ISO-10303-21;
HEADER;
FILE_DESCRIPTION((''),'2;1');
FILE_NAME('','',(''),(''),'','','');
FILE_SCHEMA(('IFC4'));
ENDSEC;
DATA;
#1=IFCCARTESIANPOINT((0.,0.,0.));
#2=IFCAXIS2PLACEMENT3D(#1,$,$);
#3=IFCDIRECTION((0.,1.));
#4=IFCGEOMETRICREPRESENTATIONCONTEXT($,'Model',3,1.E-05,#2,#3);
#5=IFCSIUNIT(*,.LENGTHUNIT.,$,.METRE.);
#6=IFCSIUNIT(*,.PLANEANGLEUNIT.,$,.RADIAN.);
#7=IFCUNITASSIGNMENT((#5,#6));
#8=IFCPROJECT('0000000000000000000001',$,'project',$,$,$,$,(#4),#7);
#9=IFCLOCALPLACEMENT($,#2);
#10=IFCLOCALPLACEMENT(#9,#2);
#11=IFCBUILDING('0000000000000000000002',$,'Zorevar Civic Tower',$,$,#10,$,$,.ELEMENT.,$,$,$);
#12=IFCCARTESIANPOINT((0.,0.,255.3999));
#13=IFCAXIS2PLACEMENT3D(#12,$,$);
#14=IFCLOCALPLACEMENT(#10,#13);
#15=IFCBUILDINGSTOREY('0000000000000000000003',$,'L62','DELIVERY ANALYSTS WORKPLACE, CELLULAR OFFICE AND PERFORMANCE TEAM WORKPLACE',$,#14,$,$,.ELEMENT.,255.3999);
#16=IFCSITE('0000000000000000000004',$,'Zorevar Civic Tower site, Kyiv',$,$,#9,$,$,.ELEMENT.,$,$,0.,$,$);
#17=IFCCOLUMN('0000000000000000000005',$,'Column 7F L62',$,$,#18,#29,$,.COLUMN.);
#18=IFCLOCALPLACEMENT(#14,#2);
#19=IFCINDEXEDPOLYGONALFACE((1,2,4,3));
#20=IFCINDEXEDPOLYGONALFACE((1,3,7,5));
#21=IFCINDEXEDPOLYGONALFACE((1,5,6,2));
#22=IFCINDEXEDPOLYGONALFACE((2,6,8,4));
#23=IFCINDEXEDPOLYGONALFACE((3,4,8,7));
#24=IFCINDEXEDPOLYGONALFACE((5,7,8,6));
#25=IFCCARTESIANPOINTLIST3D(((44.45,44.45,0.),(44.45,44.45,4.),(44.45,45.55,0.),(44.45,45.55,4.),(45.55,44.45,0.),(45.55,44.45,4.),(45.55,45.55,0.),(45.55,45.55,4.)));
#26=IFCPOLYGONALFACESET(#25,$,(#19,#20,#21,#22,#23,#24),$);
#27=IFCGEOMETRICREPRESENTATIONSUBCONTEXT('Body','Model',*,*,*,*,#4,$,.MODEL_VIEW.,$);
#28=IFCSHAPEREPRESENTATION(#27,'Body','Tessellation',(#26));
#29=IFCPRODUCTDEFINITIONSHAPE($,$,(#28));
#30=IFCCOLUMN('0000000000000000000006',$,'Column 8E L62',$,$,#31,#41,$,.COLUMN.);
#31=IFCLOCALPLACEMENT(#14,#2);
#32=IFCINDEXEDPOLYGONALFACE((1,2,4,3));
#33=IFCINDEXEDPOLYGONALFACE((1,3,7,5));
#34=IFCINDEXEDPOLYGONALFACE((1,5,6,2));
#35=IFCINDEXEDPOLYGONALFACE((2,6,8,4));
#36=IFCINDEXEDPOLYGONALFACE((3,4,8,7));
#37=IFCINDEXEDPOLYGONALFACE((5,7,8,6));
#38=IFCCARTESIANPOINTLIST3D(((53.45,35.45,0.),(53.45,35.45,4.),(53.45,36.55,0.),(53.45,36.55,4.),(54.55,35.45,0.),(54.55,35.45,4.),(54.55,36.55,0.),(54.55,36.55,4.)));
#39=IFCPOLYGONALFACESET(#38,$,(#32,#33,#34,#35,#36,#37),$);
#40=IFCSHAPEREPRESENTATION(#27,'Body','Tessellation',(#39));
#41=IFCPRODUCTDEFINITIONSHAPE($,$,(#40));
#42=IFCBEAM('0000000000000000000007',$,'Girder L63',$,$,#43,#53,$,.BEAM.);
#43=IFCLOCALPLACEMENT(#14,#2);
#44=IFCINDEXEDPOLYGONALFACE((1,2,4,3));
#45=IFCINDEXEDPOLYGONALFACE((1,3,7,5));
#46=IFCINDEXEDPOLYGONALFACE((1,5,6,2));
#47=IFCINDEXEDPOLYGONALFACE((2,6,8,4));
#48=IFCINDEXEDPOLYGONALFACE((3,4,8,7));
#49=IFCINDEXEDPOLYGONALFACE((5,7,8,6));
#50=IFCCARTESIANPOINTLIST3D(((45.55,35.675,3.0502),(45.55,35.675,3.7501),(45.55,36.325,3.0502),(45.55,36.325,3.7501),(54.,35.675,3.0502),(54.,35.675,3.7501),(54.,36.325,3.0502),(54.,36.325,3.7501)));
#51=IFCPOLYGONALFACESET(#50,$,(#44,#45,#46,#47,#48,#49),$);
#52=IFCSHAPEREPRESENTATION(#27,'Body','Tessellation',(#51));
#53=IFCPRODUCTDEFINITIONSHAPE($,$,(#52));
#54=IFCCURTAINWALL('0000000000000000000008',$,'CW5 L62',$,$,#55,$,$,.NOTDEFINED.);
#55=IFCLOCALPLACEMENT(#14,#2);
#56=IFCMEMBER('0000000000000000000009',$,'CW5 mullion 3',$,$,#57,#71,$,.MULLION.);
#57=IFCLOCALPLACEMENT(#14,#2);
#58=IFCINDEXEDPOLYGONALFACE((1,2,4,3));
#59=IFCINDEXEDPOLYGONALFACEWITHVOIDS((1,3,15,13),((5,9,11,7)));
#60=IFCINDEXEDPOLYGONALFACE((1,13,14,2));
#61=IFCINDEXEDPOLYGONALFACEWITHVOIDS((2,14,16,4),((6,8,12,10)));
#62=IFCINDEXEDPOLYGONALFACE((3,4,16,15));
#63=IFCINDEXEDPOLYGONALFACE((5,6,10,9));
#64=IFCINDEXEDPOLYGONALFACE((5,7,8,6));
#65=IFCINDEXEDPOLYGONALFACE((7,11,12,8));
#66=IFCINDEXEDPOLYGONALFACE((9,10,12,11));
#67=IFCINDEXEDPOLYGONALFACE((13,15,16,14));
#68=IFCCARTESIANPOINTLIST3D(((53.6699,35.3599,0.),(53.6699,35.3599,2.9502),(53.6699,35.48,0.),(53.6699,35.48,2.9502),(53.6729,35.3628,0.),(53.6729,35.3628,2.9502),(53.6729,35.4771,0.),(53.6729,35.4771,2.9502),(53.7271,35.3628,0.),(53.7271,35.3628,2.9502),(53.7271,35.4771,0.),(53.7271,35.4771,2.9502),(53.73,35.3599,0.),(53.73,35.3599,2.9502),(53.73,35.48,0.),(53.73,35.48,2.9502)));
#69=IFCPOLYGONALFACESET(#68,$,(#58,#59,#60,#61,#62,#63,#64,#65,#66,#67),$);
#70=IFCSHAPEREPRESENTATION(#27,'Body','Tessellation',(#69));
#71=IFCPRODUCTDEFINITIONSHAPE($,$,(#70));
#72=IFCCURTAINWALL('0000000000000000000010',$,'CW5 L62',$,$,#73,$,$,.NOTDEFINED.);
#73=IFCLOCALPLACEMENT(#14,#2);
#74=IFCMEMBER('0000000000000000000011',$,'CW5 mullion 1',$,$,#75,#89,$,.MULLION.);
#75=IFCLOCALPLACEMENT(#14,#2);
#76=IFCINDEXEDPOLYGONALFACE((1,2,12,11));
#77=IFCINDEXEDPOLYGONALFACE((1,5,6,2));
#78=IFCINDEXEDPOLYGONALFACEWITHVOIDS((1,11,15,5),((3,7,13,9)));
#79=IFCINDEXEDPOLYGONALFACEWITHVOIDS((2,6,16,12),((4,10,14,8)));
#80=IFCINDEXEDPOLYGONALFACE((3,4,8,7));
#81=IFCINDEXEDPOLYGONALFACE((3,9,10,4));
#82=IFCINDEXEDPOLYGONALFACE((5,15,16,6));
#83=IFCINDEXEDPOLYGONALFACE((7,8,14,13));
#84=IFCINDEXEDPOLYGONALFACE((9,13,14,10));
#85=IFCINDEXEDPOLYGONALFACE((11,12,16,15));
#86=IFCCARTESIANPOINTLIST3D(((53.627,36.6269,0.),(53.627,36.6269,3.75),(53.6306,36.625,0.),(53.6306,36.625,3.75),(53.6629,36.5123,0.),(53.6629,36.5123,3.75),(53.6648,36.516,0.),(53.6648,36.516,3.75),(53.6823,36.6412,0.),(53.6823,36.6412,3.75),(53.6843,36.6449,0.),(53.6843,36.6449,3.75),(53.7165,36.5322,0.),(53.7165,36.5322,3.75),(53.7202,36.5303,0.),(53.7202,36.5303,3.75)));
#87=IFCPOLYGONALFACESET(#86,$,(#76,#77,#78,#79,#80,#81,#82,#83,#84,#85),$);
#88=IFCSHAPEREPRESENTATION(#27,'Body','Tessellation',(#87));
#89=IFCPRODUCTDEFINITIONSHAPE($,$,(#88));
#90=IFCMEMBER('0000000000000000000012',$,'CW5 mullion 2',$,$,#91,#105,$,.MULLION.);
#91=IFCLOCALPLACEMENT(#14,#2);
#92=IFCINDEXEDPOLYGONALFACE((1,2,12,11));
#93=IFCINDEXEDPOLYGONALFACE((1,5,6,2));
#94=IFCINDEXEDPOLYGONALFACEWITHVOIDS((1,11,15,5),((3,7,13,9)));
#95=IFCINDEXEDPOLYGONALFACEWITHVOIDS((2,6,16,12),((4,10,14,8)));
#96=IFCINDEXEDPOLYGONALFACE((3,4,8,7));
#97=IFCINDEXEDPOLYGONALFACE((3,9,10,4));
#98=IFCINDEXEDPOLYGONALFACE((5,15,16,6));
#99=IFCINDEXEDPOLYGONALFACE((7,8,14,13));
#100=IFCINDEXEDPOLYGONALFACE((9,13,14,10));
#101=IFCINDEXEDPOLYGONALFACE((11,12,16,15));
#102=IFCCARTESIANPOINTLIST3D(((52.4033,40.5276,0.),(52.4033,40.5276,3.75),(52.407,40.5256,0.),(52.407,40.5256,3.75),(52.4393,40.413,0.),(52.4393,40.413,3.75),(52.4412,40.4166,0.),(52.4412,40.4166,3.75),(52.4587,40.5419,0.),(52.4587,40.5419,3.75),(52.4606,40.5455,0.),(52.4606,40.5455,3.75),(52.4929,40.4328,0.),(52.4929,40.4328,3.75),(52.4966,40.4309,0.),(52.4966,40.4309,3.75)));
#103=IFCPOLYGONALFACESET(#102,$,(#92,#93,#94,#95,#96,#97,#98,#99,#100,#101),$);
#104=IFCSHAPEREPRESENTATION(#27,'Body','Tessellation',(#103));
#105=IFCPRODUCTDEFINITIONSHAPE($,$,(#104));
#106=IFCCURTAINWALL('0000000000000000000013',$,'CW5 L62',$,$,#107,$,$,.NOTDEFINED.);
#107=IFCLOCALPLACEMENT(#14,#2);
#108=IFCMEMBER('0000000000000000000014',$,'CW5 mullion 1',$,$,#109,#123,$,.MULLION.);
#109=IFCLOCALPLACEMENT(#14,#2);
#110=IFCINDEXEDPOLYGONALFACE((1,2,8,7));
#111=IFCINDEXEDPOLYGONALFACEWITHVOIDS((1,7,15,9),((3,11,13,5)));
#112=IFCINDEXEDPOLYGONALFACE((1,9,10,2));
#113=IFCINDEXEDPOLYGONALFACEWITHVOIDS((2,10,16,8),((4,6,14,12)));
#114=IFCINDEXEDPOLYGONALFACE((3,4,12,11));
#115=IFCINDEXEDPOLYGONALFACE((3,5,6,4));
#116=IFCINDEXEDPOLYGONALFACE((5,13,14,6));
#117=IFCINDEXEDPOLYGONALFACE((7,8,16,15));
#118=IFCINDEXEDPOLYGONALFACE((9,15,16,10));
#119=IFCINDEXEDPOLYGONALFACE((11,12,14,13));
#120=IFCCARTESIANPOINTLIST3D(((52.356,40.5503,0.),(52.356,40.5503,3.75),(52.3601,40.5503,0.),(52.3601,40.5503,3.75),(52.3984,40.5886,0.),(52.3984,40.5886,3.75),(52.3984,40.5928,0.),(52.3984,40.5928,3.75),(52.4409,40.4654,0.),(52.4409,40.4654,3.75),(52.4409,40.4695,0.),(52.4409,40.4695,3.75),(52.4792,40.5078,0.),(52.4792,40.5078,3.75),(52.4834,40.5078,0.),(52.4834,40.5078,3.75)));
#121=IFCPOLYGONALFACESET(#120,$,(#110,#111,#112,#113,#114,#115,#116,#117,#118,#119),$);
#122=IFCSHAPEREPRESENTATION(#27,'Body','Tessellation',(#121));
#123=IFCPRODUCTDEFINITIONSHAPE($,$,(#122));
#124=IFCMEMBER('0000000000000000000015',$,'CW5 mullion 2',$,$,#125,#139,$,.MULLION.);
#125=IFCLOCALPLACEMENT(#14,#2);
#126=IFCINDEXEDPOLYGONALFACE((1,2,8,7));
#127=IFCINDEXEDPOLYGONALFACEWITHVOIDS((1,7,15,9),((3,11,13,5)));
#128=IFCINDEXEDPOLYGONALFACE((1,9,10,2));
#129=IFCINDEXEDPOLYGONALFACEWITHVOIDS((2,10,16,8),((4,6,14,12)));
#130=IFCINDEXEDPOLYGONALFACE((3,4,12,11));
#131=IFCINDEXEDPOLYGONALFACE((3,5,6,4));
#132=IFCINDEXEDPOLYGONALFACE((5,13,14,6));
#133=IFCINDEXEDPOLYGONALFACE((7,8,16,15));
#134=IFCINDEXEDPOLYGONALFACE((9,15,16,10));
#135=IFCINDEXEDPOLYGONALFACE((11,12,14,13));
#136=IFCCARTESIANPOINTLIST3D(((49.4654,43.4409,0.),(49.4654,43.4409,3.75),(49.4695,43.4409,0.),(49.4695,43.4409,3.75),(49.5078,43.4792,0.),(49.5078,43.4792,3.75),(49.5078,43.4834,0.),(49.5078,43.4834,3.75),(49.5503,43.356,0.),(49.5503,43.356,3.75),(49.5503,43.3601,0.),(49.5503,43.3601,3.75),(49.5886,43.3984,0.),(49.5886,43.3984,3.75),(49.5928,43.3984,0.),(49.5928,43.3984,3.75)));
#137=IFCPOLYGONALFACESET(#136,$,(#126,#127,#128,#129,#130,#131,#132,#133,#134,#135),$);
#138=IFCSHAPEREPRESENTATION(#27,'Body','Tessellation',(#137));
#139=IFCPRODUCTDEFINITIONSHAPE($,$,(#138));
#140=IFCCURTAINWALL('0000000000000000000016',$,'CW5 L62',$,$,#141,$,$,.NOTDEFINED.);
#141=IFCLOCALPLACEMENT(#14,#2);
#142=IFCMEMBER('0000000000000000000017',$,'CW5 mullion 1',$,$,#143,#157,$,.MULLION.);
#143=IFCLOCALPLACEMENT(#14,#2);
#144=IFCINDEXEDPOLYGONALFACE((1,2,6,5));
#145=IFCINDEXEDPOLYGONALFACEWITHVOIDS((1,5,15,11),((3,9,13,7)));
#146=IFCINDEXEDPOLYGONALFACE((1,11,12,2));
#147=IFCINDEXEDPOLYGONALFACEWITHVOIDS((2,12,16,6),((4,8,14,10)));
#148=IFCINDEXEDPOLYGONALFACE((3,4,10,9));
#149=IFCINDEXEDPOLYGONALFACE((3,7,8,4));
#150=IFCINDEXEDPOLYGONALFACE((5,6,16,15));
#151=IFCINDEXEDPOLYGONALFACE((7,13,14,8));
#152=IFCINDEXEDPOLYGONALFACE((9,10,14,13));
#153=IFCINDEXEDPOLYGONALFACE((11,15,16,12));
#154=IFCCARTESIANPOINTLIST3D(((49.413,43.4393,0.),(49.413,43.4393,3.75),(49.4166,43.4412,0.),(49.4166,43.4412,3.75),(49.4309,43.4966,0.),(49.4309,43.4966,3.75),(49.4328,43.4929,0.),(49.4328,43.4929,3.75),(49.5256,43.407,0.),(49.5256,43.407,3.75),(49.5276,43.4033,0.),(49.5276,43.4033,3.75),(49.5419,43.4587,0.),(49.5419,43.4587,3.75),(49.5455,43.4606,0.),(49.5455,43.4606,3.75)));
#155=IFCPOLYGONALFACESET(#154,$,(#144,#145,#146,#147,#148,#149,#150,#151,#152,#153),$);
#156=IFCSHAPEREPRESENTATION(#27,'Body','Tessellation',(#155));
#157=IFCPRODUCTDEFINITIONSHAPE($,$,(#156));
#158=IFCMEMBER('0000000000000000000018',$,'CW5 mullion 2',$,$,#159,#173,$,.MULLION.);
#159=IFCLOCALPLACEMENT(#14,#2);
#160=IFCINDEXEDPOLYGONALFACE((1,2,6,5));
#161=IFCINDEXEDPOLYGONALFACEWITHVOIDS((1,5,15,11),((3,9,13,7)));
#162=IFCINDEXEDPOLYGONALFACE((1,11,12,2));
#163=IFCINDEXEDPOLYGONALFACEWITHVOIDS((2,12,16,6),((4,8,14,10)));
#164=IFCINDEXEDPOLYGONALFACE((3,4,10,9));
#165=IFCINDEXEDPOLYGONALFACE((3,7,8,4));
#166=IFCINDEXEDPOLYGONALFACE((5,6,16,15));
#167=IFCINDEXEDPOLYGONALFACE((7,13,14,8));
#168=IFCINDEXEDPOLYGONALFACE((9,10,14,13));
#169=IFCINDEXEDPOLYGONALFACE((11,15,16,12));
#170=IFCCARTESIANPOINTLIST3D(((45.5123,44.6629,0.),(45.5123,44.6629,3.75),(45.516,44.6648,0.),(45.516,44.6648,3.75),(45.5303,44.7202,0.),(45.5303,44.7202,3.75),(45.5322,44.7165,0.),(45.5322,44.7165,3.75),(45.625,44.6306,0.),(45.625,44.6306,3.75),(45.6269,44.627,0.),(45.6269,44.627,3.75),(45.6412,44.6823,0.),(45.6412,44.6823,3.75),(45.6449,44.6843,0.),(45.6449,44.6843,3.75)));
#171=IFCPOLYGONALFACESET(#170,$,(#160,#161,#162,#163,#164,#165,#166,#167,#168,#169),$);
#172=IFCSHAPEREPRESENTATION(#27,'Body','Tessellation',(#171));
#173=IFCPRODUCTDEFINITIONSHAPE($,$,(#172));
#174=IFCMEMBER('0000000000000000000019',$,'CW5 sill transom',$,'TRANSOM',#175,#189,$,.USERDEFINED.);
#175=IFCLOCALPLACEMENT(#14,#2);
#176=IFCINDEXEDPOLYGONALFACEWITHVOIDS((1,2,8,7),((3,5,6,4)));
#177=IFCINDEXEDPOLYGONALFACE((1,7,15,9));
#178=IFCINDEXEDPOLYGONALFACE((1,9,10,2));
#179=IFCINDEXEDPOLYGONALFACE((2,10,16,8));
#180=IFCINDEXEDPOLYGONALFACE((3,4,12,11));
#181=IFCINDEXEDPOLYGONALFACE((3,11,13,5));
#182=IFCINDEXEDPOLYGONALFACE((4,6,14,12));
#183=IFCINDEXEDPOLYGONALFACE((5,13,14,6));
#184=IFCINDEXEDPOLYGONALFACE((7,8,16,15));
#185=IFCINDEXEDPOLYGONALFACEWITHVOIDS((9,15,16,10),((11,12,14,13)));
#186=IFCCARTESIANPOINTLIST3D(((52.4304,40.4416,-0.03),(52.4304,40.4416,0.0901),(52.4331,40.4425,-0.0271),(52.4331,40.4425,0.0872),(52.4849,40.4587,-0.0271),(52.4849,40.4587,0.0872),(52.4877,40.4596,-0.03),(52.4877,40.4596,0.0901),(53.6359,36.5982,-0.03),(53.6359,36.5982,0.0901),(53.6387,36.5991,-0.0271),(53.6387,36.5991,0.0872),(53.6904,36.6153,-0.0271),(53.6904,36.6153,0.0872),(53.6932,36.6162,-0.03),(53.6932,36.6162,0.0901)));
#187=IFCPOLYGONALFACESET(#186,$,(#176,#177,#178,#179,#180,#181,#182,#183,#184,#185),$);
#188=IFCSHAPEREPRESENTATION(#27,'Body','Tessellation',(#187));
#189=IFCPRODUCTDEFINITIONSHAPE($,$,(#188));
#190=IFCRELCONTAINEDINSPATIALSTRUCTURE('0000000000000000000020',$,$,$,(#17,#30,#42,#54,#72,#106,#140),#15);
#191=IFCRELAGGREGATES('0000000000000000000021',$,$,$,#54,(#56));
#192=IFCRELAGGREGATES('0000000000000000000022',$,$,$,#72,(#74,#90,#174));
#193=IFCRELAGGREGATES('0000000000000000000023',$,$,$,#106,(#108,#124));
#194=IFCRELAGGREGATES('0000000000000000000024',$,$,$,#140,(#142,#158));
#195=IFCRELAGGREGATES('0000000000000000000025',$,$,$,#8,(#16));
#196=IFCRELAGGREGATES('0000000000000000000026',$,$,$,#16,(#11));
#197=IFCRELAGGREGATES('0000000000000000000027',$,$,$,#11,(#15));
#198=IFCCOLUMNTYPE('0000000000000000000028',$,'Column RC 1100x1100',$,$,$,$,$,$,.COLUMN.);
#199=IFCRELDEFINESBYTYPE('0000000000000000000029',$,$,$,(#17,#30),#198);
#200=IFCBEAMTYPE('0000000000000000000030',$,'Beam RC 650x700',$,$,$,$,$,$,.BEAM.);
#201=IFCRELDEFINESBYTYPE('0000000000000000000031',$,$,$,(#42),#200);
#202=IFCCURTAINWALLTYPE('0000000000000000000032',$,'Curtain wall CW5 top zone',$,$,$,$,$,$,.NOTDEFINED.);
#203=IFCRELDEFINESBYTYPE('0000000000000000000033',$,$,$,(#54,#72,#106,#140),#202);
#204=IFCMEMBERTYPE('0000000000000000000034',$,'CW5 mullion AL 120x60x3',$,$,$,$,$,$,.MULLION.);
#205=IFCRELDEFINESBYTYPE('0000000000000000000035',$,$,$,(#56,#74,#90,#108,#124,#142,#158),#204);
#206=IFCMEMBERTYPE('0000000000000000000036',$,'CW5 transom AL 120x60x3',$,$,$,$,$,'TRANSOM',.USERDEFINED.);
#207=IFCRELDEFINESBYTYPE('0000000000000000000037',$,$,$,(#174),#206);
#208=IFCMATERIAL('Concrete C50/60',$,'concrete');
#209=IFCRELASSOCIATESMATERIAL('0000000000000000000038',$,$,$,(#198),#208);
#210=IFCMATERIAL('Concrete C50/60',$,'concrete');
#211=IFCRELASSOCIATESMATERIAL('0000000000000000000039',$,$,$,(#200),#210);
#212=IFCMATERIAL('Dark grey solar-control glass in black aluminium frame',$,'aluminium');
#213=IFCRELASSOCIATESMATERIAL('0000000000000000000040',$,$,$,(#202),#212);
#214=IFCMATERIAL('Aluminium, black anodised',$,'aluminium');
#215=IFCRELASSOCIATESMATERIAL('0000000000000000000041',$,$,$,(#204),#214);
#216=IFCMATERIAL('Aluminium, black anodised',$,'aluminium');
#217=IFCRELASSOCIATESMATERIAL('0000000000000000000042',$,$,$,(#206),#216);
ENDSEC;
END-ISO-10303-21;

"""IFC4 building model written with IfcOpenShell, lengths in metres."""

from ifc_helpers import new_model, si_unit, direction, frame, origin, origin_2d, place, context, subcontext, project, spatial, rectangle, hollow_rectangle, extrude, material, material_profile, profile_set, type_object, element, aggregate, save


model = new_model("IFC4")

# Units and contexts
model_context = context("Model", 3, precision=1e-05, world=origin(), true_north=direction((0.0, 1.0)))
body_context = subcontext(model_context, "Body", "Model", "MODEL_VIEW")
ifc_project = project(units=[si_unit("LENGTHUNIT", "METRE"), si_unit("PLANEANGLEUNIT", "RADIAN")], contexts=[model_context])

# Site, building, storey
site_placement = place(None, origin())
site = spatial("IfcSite", under=ifc_project, at=site_placement, Name="Zorevar Civic Tower site, Kyiv", CompositionType="ELEMENT", RefElevation=0.0)
building_placement = place(site_placement, origin())
building = spatial("IfcBuilding", under=site, at=building_placement, Name="Zorevar Civic Tower", CompositionType="ELEMENT")
storey_placement = place(building_placement, frame((0.0, 0.0, 255.3999)))
storey = spatial("IfcBuildingStorey", under=building, at=storey_placement, Name="L62", Description="DELIVERY ANALYSTS WORKPLACE, CELLULAR OFFICE AND PERFORMANCE TEAM WORKPLACE", CompositionType="ELEMENT", Elevation=255.3999)

# Columns
ifc_material_1 = material(Name="Concrete C50/60", Category="concrete")
ifc_material_profile_1 = material_profile(ifc_material_1, rectangle(XDim=1.1001, YDim=1.1001, at=origin_2d()), Name="RC 1100x1100")
ifc_profile_set_1 = profile_set([ifc_material_profile_1], Name="Concrete C50/60")
column_type = type_object("IfcColumnType", Name="Column RC 1100x1100", PredefinedType="COLUMN", material=ifc_profile_set_1)
for number, where, z_axis, x_axis, name in (
    (1, (45.0, 45.0, 0.0), (0.0, 0.0, 1.0), (1.0, 0.0, 0.0), "Column 7F L62"),
    (2, (54.0, 36.0, 0.0), (0.0, 0.0, 1.0), (1.0, 0.0, 0.0), "Column 8E L62"),
):
    element("IfcColumn", number, at=place(storey_placement, frame(where, z_axis=z_axis, x_axis=x_axis)), inside=storey, type_object=column_type, Name=name, PredefinedType="COLUMN", context=body_context, shape_type="SweptSolid", body=[
        extrude(rectangle(XDim=1.1001, YDim=1.1001, at=origin_2d()), origin(), (0.0, 0.0, 1.0), 4.0),
    ])

# Beam
ifc_material_2 = material(Name="Concrete C50/60", Category="concrete")
ifc_material_profile_2 = material_profile(ifc_material_2, rectangle(XDim=0.6499, YDim=0.7, at=origin_2d()), Name="RC 650x700")
ifc_profile_set_2 = profile_set([ifc_material_profile_2], Name="Concrete C50/60")
beam_type_1 = type_object("IfcBeamType", Name="Beam RC 650x700", PredefinedType="BEAM", material=ifc_profile_set_2)
beam_1_placement = place(storey_placement, frame((45.55, 36.0, 3.4001), z_axis=(1.0, 0.0, 0.0), x_axis=(0.0, 1.0, 0.0)))
element("IfcBeam", 3, at=beam_1_placement, inside=storey, type_object=beam_type_1, Name="Girder L63", PredefinedType="BEAM", context=body_context, shape_type="SweptSolid", body=[
    extrude(rectangle(XDim=0.6499, YDim=0.7, at=origin_2d()), origin(), (0.0, 0.0, 1.0), 8.45),
])

# Curtain wall, member
ifc_material_3 = material(Name="Dark grey solar-control glass in black aluminium frame", Category="aluminium")
curtain_wall_type = type_object("IfcCurtainWallType", Name="Curtain wall CW5 top zone", PredefinedType="NOTDEFINED", material=ifc_material_3)
curtain_wall_1_placement = place(storey_placement, origin())
curtain_wall_1 = element("IfcCurtainWall", 4, at=curtain_wall_1_placement, inside=storey, type_object=curtain_wall_type, Name="CW5 L62", PredefinedType="NOTDEFINED")
ifc_material_4 = material(Name="Aluminium, black anodised", Category="aluminium")
ifc_material_profile_3 = material_profile(ifc_material_4, hollow_rectangle(XDim=0.0601, YDim=0.1201, WallThickness=0.0029, at=origin_2d()), Name="AL 120x60x3")
ifc_profile_set_3 = profile_set([ifc_material_profile_3], Name="Aluminium, black anodised")
member_type_1 = type_object("IfcMemberType", Name="CW5 mullion AL 120x60x3", PredefinedType="MULLION", material=ifc_profile_set_3)
member_1_placement = place(storey_placement, frame((53.7, 35.4199, 0.0), z_axis=(0.0, 0.0, 1.0), x_axis=(-1.0, 0.0, 0.0)))
member_1 = element("IfcMember", 5, at=member_1_placement, type_object=member_type_1, Name="CW5 mullion 3", PredefinedType="MULLION", context=body_context, shape_type="SweptSolid", body=[
    extrude(hollow_rectangle(XDim=0.0601, YDim=0.1201, WallThickness=0.0029, at=origin_2d()), origin(), (0.0, 0.0, 1.0), 2.9502),
])
aggregate(curtain_wall_1, [member_1])

# Curtain walls, members
curtain_wall_2_placement = place(storey_placement, origin())
curtain_wall_2 = element("IfcCurtainWall", 6, at=curtain_wall_2_placement, inside=storey, type_object=curtain_wall_type, Name="CW5 L62", PredefinedType="NOTDEFINED")
member_2_placement = place(storey_placement, frame((53.6736, 36.5786, 0.0), z_axis=(0.0, 0.0, 1.0), x_axis=(-0.954153, -0.299318, 0.0)))
member_2 = element("IfcMember", 7, at=member_2_placement, type_object=member_type_1, Name="CW5 mullion 1", PredefinedType="MULLION", context=body_context, shape_type="SweptSolid", body=[
    extrude(hollow_rectangle(XDim=0.0601, YDim=0.1201, WallThickness=0.0029, at=origin_2d()), origin(), (0.0, 0.0, 1.0), 3.75),
])
member_3_placement = place(storey_placement, frame((52.45, 40.4792, 0.0), z_axis=(0.0, 0.0, 1.0), x_axis=(-0.954153, -0.299318, 0.0)))
member_3 = element("IfcMember", 8, at=member_3_placement, type_object=member_type_1, Name="CW5 mullion 2", PredefinedType="MULLION", context=body_context, shape_type="SweptSolid", body=[
    extrude(hollow_rectangle(XDim=0.0601, YDim=0.1201, WallThickness=0.0029, at=origin_2d()), origin(), (0.0, 0.0, 1.0), 3.75),
])
curtain_wall_3_placement = place(storey_placement, origin())
curtain_wall_3 = element("IfcCurtainWall", 9, at=curtain_wall_3_placement, inside=storey, type_object=curtain_wall_type, Name="CW5 L62", PredefinedType="NOTDEFINED")
member_4_placement = place(storey_placement, frame((52.4197, 40.5291, 0.0), z_axis=(0.0, 0.0, 1.0), x_axis=(-0.707107, -0.707107, 0.0)))
member_4 = element("IfcMember", 10, at=member_4_placement, type_object=member_type_1, Name="CW5 mullion 1", PredefinedType="MULLION", context=body_context, shape_type="SweptSolid", body=[
    extrude(hollow_rectangle(XDim=0.0601, YDim=0.1201, WallThickness=0.0029, at=origin_2d()), origin(), (0.0, 0.0, 1.0), 3.75),
])
member_5_placement = place(storey_placement, frame((49.5291, 43.4197, 0.0), z_axis=(0.0, 0.0, 1.0), x_axis=(-0.707107, -0.707107, 0.0)))
member_5 = element("IfcMember", 11, at=member_5_placement, type_object=member_type_1, Name="CW5 mullion 2", PredefinedType="MULLION", context=body_context, shape_type="SweptSolid", body=[
    extrude(hollow_rectangle(XDim=0.0601, YDim=0.1201, WallThickness=0.0029, at=origin_2d()), origin(), (0.0, 0.0, 1.0), 3.75),
])
curtain_wall_4_placement = place(storey_placement, origin())
curtain_wall_4 = element("IfcCurtainWall", 12, at=curtain_wall_4_placement, inside=storey, type_object=curtain_wall_type, Name="CW5 L62", PredefinedType="NOTDEFINED")
member_6_placement = place(storey_placement, frame((49.4792, 43.45, 0.0), z_axis=(0.0, 0.0, 1.0), x_axis=(-0.299318, -0.954153, 0.0)))
member_6 = element("IfcMember", 13, at=member_6_placement, type_object=member_type_1, Name="CW5 mullion 1", PredefinedType="MULLION", context=body_context, shape_type="SweptSolid", body=[
    extrude(hollow_rectangle(XDim=0.0601, YDim=0.1201, WallThickness=0.0029, at=origin_2d()), origin(), (0.0, 0.0, 1.0), 3.75),
])
member_7_placement = place(storey_placement, frame((45.5786, 44.6736, 0.0), z_axis=(0.0, 0.0, 1.0), x_axis=(-0.299318, -0.954153, 0.0)))
member_7 = element("IfcMember", 14, at=member_7_placement, type_object=member_type_1, Name="CW5 mullion 2", PredefinedType="MULLION", context=body_context, shape_type="SweptSolid", body=[
    extrude(hollow_rectangle(XDim=0.0601, YDim=0.1201, WallThickness=0.0029, at=origin_2d()), origin(), (0.0, 0.0, 1.0), 3.75),
])

# Member
ifc_material_5 = material(Name="Aluminium, black anodised", Category="aluminium")
ifc_material_profile_4 = material_profile(ifc_material_5, hollow_rectangle(XDim=0.0601, YDim=0.1201, WallThickness=0.0029, at=origin_2d()), Name="AL 120x60x3")
ifc_profile_set_4 = profile_set([ifc_material_profile_4], Name="Aluminium, black anodised")
member_type_2 = type_object("IfcMemberType", Name="CW5 transom AL 120x60x3", ElementType="TRANSOM", PredefinedType="USERDEFINED", material=ifc_profile_set_4)
member_8_placement = place(storey_placement, frame((53.6646, 36.6072, 0.03), z_axis=(-0.299286, 0.954163, 0.0), x_axis=(-0.954163, -0.299286, 0.0)))
member_8 = element("IfcMember", 15, at=member_8_placement, type_object=member_type_2, Name="CW5 sill transom", ObjectType="TRANSOM", PredefinedType="USERDEFINED", context=body_context, shape_type="SweptSolid", body=[
    extrude(hollow_rectangle(XDim=0.0601, YDim=0.1201, WallThickness=0.0029, at=origin_2d()), origin(), (0.0, 0.0, 1.0), 4.0281),
])

aggregate(curtain_wall_2, [member_2, member_3, member_8])
aggregate(curtain_wall_3, [member_4, member_5])
aggregate(curtain_wall_4, [member_6, member_7])

save(model, "model.ifc")
